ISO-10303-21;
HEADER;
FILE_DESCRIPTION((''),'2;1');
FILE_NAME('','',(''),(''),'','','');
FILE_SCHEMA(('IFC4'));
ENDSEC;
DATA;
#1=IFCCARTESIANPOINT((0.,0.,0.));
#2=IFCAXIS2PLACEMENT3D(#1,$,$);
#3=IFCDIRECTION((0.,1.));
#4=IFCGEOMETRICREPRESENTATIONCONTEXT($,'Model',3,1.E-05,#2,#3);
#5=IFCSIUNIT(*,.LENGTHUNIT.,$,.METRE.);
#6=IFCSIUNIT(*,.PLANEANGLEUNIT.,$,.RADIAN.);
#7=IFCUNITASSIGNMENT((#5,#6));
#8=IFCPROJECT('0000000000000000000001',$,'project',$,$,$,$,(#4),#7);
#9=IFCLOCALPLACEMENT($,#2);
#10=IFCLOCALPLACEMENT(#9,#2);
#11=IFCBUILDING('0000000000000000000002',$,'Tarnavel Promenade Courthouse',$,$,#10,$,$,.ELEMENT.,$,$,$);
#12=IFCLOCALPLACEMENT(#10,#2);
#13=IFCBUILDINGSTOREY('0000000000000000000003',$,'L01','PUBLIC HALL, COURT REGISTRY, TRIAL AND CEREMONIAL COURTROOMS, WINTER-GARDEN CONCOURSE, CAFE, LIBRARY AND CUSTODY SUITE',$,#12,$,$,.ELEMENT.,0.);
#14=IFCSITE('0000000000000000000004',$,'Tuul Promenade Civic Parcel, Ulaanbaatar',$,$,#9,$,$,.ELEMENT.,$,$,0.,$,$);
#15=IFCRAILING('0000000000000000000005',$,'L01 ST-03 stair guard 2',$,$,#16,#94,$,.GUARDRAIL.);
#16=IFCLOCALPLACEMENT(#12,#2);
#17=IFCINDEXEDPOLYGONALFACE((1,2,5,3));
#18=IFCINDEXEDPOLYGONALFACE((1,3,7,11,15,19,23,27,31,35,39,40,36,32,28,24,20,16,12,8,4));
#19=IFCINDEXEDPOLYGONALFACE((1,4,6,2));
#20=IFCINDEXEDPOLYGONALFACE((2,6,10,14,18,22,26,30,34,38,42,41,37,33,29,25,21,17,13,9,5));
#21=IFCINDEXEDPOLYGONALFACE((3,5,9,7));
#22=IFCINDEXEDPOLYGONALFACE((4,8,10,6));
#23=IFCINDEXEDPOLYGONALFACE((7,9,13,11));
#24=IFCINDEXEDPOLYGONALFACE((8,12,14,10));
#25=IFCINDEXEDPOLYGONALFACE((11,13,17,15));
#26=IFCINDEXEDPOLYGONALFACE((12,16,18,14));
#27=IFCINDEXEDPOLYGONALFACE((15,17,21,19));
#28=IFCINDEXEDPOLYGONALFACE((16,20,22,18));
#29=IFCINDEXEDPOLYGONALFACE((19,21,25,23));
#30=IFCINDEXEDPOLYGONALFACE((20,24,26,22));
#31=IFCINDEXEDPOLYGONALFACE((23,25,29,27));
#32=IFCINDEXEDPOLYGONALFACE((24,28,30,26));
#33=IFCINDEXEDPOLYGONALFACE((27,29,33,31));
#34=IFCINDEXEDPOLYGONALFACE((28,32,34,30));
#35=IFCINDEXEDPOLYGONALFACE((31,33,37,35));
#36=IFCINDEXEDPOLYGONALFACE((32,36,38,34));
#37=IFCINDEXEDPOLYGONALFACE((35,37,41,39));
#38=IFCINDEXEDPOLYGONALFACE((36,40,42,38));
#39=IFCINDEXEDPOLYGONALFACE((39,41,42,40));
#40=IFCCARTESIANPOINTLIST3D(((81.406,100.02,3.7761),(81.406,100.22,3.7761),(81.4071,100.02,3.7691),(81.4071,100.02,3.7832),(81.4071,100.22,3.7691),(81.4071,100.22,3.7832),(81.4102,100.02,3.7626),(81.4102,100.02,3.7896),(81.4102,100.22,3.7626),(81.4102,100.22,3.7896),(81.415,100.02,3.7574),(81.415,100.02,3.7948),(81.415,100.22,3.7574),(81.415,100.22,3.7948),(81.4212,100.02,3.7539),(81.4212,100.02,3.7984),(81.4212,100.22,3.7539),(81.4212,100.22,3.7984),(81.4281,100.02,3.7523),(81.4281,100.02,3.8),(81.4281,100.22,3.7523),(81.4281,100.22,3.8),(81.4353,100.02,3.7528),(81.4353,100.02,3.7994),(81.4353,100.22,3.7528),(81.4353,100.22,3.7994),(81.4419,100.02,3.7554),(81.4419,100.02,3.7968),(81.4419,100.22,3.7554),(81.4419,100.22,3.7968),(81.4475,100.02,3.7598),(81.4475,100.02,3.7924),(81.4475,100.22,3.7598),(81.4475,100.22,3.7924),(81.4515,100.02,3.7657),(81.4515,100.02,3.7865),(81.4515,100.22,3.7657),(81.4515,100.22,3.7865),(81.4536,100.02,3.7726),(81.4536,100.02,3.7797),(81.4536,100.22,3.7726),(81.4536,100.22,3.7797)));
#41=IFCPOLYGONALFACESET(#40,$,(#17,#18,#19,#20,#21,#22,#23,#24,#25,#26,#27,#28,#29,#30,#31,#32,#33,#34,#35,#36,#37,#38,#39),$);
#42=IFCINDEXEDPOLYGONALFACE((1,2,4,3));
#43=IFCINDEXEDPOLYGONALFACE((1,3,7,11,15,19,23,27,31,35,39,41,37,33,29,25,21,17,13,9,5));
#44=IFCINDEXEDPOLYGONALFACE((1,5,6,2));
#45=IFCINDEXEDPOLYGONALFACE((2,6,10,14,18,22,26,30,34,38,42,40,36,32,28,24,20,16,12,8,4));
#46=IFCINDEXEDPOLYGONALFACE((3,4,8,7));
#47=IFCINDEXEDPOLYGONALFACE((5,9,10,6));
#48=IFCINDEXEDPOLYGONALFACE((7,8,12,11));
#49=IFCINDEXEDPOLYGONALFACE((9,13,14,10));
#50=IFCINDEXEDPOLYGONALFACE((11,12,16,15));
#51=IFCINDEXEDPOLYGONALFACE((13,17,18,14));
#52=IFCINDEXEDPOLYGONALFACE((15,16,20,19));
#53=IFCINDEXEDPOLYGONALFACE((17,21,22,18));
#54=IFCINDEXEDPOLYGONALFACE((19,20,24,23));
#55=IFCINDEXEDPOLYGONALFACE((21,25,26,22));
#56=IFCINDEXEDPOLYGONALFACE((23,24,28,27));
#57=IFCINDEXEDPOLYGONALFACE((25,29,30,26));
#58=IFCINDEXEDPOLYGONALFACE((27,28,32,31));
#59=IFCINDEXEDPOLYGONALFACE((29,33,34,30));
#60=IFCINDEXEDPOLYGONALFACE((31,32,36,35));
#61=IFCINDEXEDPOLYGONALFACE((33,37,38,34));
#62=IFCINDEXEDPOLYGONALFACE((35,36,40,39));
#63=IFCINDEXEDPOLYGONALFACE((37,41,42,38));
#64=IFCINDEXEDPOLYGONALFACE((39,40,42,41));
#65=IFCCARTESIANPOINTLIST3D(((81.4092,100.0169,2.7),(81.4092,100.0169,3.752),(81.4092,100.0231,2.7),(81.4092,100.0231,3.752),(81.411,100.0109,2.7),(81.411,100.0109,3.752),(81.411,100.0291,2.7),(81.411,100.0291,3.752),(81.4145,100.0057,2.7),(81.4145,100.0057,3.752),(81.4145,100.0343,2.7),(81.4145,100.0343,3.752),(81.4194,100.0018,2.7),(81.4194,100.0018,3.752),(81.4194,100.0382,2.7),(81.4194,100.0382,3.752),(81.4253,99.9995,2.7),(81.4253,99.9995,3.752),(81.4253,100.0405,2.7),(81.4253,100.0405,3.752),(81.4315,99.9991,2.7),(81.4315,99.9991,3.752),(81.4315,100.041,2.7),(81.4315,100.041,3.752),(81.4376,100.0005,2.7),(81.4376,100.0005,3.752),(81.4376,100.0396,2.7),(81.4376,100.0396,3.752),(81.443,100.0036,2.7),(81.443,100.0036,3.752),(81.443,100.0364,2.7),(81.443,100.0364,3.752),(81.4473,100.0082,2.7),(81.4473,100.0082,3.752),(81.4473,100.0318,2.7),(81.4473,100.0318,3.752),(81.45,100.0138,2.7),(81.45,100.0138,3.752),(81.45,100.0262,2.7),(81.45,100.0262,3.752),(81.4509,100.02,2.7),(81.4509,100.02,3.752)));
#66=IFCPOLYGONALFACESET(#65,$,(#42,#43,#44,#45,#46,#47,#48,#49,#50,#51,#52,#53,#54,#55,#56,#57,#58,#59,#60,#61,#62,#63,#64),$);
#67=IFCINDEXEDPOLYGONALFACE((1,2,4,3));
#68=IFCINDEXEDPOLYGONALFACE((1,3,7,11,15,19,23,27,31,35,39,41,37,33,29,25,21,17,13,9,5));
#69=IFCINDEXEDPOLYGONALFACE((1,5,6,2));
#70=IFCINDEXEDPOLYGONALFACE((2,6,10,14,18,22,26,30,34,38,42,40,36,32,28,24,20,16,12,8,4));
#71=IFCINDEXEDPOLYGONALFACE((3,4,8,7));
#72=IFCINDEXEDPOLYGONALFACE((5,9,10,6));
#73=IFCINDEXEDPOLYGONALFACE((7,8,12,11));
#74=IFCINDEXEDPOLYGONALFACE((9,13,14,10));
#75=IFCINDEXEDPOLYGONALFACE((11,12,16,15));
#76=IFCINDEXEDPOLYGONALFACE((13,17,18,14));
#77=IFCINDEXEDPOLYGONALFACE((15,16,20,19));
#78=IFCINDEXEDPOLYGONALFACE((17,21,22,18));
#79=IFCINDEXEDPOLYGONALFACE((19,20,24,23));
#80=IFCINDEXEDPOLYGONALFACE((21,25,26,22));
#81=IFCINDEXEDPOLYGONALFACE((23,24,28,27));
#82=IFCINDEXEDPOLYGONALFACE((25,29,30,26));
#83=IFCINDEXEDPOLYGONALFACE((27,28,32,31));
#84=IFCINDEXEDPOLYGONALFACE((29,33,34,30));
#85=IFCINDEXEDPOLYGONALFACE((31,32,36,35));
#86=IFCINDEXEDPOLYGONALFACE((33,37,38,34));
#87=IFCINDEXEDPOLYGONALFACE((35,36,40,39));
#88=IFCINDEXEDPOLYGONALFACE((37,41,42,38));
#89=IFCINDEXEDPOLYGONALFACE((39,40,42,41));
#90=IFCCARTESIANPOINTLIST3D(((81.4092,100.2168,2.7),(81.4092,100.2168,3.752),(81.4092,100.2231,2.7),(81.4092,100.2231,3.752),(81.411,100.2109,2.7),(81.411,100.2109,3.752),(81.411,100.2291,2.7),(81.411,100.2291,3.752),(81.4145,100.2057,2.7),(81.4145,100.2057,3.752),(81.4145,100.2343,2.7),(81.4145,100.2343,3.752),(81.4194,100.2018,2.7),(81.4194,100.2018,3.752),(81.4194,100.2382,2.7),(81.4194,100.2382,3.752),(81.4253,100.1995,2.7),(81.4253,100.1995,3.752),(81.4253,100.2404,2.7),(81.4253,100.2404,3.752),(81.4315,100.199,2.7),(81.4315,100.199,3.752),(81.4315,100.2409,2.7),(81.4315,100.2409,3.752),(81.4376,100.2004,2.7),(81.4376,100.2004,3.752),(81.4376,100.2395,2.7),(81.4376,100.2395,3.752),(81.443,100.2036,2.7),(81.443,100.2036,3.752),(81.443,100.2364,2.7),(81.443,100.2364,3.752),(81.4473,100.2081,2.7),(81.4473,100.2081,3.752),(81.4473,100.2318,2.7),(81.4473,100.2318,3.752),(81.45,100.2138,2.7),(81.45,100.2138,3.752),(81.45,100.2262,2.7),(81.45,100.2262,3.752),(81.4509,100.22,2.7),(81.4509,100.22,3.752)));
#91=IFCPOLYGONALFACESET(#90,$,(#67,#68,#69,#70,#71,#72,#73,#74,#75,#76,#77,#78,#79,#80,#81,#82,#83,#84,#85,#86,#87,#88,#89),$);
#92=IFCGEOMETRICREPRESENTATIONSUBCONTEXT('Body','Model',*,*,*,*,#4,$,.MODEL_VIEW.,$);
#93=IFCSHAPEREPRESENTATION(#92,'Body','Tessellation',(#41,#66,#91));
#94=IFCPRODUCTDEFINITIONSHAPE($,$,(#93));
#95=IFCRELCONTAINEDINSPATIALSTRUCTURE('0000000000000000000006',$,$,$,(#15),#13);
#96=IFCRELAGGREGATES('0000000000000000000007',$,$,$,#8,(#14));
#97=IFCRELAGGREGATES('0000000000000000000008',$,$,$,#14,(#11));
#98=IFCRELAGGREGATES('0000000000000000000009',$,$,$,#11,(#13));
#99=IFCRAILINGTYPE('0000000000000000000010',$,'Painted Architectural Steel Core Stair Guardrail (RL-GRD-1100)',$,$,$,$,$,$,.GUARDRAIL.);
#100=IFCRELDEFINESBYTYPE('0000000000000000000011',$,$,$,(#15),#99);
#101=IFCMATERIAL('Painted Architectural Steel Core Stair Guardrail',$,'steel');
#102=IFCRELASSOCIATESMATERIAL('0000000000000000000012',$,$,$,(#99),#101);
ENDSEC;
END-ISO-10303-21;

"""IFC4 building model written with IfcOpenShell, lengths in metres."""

from ifc_helpers import new_model, si_unit, direction, frame, origin, origin_2d, place, context, subcontext, project, spatial, circle, extrude, material, type_object, element, save


model = new_model("IFC4")

# Units and contexts
model_context = context("Model", 3, precision=1e-05, world=origin(), true_north=direction((0.0, 1.0)))
body_context = subcontext(model_context, "Body", "Model", "MODEL_VIEW")
ifc_project = project(units=[si_unit("LENGTHUNIT", "METRE"), si_unit("PLANEANGLEUNIT", "RADIAN")], contexts=[model_context])

# Site, building, storey
site_placement = place(None, origin())
site = spatial("IfcSite", under=ifc_project, at=site_placement, Name="Tuul Promenade Civic Parcel, Ulaanbaatar", CompositionType="ELEMENT", RefElevation=0.0)
building_placement = place(site_placement, origin())
building = spatial("IfcBuilding", under=site, at=building_placement, Name="Tarnavel Promenade Courthouse", CompositionType="ELEMENT")
storey_placement = place(building_placement, origin())
storey = spatial("IfcBuildingStorey", under=building, at=storey_placement, Name="L01", Description="PUBLIC HALL, COURT REGISTRY, TRIAL AND CEREMONIAL COURTROOMS, WINTER-GARDEN CONCOURSE, CAFE, LIBRARY AND CUSTODY SUITE", CompositionType="ELEMENT", Elevation=0.0)

# Railing
ifc_material_1 = material(Name="Painted Architectural Steel Core Stair Guardrail", Category="steel")
railing_type_1 = type_object("IfcRailingType", Name="Painted Architectural Steel Core Stair Guardrail (RL-GRD-1100)", PredefinedType="GUARDRAIL", material=ifc_material_1)
railing_1_placement = place(storey_placement, frame((81.4299, 100.02, 2.7)))
element("IfcRailing", 1, at=railing_1_placement, inside=storey, type_object=railing_type_1, Name="L01 ST-03 stair guard 2", PredefinedType="GUARDRAIL", context=body_context, shape_type="SweptSolid", body=[
    extrude(circle(Radius=0.0239, at=origin_2d()), frame((0.0, 0.0, 1.0762), z_axis=(0.0, 1.0, 0.0), x_axis=(-1.0, 0.0, 0.0)), (0.0, 0.0, 1.0), 0.2),
    extrude(circle(Radius=0.021, at=origin_2d()), origin(), (0.0, 0.0, 1.0), 1.052),
    extrude(circle(Radius=0.021, at=origin_2d()), frame((0.0, 0.2, 0.0)), (0.0, 0.0, 1.0), 1.052),
])

save(model, "model.ifc")
